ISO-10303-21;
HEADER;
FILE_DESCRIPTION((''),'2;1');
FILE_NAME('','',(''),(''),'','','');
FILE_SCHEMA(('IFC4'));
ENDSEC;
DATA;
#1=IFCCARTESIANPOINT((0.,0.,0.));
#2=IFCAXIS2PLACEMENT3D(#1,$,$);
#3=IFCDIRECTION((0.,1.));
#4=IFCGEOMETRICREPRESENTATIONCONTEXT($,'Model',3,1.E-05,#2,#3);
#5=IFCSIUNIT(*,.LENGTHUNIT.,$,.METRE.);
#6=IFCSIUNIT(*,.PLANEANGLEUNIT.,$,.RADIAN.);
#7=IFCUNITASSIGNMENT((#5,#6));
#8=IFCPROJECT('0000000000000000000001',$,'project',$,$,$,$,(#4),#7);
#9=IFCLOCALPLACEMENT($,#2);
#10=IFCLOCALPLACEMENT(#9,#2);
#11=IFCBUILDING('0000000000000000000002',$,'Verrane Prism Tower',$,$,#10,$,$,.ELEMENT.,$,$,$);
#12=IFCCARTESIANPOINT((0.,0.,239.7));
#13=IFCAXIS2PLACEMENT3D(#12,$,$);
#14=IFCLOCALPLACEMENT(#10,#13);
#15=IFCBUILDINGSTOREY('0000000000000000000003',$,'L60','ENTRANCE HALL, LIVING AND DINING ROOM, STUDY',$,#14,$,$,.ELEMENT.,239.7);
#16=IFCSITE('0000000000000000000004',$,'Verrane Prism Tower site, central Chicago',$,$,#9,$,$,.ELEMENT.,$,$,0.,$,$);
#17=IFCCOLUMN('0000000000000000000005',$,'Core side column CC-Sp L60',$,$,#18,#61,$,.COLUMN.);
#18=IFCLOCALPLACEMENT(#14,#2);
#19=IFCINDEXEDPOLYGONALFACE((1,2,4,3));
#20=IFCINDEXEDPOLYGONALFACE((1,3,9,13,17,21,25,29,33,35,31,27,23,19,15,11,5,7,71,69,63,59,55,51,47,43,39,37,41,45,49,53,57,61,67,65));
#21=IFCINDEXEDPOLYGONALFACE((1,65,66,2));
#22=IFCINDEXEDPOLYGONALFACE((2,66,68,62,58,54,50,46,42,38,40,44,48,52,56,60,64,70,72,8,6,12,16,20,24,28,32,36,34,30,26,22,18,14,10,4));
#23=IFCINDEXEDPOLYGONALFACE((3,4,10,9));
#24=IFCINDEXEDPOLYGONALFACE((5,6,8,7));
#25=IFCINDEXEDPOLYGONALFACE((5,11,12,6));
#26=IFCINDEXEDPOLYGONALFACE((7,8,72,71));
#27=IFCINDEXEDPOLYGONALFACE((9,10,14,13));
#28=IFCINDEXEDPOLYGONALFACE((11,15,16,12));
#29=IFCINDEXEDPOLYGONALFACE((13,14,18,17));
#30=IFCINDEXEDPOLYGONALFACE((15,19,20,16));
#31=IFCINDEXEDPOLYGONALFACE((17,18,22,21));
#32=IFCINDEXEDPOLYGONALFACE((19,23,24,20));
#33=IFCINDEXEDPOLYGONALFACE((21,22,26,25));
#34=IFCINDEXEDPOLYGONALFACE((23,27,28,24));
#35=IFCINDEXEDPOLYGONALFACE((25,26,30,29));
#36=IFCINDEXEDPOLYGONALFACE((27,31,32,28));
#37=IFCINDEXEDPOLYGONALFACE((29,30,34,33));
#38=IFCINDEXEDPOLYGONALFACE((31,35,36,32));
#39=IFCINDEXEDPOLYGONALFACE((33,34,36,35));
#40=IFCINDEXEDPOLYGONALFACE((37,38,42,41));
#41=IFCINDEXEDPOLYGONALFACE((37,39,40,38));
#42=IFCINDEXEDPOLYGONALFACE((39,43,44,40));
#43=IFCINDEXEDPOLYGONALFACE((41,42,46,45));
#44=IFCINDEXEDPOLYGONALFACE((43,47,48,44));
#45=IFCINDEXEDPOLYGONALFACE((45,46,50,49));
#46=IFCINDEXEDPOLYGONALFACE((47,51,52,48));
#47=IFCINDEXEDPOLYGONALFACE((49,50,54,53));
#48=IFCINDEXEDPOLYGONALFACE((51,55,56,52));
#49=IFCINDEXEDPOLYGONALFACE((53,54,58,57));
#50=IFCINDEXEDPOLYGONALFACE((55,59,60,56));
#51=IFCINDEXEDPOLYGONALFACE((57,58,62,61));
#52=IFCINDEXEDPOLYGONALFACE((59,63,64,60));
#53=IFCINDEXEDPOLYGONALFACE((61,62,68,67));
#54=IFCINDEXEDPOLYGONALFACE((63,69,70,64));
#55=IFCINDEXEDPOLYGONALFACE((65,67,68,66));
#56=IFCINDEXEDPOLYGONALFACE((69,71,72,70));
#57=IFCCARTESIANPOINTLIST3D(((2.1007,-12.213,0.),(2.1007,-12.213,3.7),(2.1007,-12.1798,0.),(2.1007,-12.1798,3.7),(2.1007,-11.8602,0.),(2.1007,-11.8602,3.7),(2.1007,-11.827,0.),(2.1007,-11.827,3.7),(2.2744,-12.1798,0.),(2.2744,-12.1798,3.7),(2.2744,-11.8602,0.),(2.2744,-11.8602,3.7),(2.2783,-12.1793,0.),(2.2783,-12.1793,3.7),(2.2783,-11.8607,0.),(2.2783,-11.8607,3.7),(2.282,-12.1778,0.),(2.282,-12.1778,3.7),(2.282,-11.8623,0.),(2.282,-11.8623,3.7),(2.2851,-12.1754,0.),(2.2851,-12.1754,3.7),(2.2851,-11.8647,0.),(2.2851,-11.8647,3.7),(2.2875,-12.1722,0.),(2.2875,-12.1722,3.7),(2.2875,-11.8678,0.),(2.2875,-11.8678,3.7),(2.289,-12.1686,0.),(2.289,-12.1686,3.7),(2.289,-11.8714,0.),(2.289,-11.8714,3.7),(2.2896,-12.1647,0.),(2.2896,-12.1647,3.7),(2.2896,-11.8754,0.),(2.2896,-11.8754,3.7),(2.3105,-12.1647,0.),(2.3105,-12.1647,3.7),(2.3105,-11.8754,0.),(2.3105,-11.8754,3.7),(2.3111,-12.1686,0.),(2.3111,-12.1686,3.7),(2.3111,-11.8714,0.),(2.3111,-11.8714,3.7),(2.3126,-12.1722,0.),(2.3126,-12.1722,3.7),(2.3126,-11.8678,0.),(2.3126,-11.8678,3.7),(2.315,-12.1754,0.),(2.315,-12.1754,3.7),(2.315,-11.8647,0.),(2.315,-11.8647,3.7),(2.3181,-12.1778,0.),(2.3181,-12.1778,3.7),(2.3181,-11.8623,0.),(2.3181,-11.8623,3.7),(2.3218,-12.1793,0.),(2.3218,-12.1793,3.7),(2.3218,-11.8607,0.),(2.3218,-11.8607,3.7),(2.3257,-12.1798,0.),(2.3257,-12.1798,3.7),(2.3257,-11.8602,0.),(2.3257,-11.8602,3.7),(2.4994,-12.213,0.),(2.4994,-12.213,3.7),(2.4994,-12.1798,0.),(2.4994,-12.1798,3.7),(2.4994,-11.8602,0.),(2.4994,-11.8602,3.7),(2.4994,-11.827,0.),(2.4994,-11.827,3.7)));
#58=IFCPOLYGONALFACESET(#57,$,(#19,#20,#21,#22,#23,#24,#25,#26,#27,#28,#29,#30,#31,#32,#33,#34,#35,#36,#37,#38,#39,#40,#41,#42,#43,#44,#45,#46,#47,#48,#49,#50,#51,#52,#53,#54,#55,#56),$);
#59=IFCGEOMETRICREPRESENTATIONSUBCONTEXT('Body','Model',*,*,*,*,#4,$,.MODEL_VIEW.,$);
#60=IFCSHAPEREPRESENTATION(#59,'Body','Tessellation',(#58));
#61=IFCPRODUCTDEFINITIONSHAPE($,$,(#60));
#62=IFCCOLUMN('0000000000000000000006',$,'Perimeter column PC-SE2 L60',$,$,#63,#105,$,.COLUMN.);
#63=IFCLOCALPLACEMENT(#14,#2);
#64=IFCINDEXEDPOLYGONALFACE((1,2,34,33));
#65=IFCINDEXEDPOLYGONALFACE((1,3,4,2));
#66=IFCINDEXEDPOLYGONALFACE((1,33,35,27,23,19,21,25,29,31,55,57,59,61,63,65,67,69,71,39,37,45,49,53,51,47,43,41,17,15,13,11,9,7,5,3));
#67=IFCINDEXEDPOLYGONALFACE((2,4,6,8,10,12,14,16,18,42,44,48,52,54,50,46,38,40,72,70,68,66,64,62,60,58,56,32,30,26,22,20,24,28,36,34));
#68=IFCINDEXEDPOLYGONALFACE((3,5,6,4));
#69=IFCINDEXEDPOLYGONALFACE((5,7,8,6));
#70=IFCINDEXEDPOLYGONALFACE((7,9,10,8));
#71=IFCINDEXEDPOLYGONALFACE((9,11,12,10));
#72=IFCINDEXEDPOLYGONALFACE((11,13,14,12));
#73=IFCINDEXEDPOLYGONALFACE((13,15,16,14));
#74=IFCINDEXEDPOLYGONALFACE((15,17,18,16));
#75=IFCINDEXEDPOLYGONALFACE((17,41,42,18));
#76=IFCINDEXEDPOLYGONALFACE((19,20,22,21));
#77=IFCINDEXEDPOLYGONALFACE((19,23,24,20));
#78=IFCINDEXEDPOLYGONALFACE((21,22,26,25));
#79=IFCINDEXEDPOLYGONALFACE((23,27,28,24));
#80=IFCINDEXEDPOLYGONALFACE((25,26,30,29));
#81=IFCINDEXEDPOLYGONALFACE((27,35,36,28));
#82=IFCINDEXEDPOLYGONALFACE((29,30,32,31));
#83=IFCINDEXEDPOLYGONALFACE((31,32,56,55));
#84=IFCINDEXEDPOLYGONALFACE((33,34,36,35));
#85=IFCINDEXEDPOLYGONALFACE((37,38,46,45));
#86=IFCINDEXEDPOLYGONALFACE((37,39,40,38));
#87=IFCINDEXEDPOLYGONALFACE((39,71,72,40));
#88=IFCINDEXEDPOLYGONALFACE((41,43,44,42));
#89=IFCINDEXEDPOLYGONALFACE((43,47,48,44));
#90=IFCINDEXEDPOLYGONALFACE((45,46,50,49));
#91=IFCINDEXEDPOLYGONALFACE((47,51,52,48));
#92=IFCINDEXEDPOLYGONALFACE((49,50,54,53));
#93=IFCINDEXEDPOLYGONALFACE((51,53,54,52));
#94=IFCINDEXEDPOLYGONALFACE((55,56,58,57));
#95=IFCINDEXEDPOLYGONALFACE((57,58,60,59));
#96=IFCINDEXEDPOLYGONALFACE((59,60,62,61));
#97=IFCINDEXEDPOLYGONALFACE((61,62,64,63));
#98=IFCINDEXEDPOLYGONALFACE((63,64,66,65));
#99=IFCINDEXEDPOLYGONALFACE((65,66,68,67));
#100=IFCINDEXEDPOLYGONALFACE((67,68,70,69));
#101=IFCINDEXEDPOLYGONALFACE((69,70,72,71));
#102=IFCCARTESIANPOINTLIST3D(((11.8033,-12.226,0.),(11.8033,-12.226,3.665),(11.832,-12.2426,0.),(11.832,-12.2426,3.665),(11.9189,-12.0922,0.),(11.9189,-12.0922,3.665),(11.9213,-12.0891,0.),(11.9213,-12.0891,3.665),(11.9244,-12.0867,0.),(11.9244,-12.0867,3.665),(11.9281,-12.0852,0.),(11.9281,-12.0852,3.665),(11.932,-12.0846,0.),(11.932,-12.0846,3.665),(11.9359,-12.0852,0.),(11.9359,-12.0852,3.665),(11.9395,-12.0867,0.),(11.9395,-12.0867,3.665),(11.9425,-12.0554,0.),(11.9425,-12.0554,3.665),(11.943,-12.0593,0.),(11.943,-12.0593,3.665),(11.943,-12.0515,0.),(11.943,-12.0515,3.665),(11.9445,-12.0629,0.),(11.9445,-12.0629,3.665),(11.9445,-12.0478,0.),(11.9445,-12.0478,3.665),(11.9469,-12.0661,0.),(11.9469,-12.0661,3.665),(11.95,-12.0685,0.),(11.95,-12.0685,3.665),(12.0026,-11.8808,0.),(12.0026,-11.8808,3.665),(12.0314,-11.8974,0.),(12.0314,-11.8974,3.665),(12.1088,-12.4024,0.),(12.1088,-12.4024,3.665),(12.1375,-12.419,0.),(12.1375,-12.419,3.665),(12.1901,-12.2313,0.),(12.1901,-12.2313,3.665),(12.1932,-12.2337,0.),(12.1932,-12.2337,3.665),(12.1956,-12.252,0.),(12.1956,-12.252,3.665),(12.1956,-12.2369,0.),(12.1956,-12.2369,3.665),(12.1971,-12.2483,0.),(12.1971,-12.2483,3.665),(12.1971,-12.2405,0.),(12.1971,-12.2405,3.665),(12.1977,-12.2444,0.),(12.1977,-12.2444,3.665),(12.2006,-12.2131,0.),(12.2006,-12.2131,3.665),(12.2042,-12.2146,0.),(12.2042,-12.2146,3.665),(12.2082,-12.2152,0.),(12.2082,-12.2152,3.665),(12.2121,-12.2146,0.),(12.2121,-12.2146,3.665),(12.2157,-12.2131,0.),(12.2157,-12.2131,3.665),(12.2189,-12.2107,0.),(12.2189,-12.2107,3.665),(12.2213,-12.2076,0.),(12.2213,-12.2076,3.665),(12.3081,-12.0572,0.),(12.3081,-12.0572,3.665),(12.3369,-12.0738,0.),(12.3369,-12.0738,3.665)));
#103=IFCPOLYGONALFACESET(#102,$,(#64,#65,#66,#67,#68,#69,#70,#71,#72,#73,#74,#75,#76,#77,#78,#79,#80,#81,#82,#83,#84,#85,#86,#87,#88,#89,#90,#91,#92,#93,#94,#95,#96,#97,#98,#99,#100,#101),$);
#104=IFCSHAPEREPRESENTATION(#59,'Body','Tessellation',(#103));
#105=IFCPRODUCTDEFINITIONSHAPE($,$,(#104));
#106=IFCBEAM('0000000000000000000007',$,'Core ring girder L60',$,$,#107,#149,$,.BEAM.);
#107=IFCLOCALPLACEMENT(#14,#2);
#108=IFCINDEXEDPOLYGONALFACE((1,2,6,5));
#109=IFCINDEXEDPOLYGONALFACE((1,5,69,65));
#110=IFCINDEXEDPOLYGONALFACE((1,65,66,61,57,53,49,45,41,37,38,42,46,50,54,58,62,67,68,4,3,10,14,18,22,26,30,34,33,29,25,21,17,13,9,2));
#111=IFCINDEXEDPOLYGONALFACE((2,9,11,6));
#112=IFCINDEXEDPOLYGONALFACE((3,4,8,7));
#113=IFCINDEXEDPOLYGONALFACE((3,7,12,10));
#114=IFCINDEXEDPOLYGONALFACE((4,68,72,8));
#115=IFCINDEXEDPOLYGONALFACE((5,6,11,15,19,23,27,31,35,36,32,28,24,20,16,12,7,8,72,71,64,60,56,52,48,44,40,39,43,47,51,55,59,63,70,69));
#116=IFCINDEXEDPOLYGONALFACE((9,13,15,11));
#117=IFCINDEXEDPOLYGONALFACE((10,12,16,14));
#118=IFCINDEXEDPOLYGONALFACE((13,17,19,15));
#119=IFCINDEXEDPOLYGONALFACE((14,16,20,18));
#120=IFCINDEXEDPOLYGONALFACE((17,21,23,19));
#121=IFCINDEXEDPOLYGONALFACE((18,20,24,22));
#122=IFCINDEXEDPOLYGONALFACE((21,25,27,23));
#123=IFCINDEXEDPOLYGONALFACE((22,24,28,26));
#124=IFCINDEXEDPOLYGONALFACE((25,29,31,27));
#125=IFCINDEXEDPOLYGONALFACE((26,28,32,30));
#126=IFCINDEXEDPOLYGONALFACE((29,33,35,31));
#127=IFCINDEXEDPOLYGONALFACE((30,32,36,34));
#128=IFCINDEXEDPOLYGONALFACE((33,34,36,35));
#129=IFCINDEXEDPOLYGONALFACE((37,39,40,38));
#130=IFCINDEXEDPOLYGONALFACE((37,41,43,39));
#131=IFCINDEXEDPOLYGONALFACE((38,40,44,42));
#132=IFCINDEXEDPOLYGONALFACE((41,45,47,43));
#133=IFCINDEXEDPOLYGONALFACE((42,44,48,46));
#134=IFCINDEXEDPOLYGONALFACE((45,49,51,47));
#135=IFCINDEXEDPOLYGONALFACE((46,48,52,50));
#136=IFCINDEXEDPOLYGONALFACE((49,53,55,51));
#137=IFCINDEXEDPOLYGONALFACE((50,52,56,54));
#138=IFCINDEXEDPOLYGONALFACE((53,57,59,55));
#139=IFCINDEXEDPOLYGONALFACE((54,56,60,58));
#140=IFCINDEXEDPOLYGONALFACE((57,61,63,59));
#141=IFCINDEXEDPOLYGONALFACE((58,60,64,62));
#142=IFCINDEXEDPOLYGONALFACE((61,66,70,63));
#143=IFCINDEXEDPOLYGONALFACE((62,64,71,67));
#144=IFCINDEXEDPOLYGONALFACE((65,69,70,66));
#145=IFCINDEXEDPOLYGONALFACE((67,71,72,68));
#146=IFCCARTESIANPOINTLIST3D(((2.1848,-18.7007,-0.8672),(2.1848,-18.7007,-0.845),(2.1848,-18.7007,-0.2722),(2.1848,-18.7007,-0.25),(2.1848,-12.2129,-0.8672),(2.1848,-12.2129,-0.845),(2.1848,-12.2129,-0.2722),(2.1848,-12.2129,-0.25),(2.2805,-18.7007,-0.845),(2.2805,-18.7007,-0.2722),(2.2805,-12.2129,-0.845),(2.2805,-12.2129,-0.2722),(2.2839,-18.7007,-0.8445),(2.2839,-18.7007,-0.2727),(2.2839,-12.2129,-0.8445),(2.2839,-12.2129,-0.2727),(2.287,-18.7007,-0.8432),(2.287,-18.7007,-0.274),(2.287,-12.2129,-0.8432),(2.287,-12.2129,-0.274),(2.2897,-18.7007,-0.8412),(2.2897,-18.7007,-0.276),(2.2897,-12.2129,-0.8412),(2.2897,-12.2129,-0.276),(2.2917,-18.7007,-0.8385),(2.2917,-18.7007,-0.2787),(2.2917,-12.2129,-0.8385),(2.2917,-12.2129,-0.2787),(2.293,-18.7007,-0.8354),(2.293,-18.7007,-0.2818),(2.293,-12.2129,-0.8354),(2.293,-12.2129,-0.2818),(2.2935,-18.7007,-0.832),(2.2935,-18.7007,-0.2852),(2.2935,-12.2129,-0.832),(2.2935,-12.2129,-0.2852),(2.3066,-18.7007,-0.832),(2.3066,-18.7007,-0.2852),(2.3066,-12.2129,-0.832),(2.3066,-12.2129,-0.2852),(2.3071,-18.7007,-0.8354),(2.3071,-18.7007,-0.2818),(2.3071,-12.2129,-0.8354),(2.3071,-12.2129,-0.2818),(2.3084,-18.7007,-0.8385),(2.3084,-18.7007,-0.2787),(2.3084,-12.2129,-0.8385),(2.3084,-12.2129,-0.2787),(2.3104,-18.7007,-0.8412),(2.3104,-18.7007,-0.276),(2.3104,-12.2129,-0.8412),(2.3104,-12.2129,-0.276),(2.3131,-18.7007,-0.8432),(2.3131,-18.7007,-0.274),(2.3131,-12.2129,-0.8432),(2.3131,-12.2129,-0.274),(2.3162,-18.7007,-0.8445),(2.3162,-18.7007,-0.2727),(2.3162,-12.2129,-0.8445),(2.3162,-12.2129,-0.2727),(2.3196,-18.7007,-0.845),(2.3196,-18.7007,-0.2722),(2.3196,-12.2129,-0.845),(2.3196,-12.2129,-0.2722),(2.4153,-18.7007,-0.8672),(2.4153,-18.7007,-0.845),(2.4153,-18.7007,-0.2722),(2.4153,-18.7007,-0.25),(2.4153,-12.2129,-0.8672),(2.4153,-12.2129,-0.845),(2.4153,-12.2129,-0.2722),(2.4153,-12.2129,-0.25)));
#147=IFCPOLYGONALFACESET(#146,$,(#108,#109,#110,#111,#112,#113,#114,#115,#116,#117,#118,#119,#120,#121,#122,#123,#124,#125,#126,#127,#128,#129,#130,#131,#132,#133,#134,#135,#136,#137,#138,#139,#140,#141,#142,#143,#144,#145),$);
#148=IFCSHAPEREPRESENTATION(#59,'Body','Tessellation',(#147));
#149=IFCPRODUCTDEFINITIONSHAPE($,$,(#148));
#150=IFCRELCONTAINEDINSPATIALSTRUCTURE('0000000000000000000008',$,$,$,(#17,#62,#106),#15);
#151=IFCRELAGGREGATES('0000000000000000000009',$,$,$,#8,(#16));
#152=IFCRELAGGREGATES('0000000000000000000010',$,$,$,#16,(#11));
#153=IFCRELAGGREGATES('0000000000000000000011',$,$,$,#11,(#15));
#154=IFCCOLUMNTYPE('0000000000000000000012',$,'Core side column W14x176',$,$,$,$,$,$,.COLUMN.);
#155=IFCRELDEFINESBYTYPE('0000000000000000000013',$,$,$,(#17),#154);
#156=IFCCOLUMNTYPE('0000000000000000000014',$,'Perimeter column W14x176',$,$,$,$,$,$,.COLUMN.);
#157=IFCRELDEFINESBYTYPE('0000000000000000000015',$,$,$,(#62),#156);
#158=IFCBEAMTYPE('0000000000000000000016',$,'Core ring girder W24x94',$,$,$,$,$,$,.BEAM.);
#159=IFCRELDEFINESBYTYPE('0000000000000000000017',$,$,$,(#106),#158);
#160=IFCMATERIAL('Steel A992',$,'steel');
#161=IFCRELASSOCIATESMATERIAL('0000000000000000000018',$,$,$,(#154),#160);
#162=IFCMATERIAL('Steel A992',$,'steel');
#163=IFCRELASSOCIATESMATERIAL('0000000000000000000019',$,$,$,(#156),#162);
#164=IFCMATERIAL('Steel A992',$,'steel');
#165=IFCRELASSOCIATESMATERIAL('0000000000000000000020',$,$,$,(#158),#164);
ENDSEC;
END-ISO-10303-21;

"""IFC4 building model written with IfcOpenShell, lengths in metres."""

from ifc_helpers import new_model, si_unit, direction, frame, origin, origin_2d, place, context, subcontext, project, spatial, i_section, extrude, material, material_profile, profile_set, type_object, element, save


model = new_model("IFC4")

# Units and contexts
model_context = context("Model", 3, precision=1e-05, world=origin(), true_north=direction((0.0, 1.0)))
body_context = subcontext(model_context, "Body", "Model", "MODEL_VIEW")
ifc_project = project(units=[si_unit("LENGTHUNIT", "METRE"), si_unit("PLANEANGLEUNIT", "RADIAN")], contexts=[model_context])

# Site, building, storey
site_placement = place(None, origin())
site = spatial("IfcSite", under=ifc_project, at=site_placement, Name="Verrane Prism Tower site, central Chicago", CompositionType="ELEMENT", RefElevation=0.0)
building_placement = place(site_placement, origin())
building = spatial("IfcBuilding", under=site, at=building_placement, Name="Verrane Prism Tower", CompositionType="ELEMENT")
storey_placement = place(building_placement, frame((0.0, 0.0, 239.7)))
storey = spatial("IfcBuildingStorey", under=building, at=storey_placement, Name="L60", Description="ENTRANCE HALL, LIVING AND DINING ROOM, STUDY", CompositionType="ELEMENT", Elevation=239.7)

# Columns
ifc_material_1 = material(Name="Steel A992", Category="steel")
ifc_material_profile_1 = material_profile(ifc_material_1, i_section(OverallWidth=0.3987, OverallDepth=0.386, WebThickness=0.021, FlangeThickness=0.0332, FilletRadius=0.0151, at=origin_2d()), Name="W14x176")
ifc_profile_set_1 = profile_set([ifc_material_profile_1], Name="Steel A992")
column_type_1 = type_object("IfcColumnType", Name="Core side column W14x176", PredefinedType="COLUMN", material=ifc_profile_set_1)
column_1_placement = place(storey_placement, frame((2.3, -12.02, 0.0), z_axis=(0.0, 0.0, 1.0), x_axis=(1.0, 0.0, 0.0)))
element("IfcColumn", 1, at=column_1_placement, inside=storey, type_object=column_type_1, Name="Core side column CC-Sp L60", PredefinedType="COLUMN", context=body_context, shape_type="SweptSolid", body=[
    extrude(i_section(OverallWidth=0.3987, OverallDepth=0.386, WebThickness=0.021, FlangeThickness=0.0332, FilletRadius=0.0151, at=origin_2d()), origin(), (0.0, 0.0, 1.0), 3.7),
])
ifc_material_2 = material(Name="Steel A992", Category="steel")
ifc_material_profile_2 = material_profile(ifc_material_2, i_section(OverallWidth=0.3987, OverallDepth=0.386, WebThickness=0.021, FlangeThickness=0.0332, FilletRadius=0.0151, at=origin_2d()), Name="W14x176")
ifc_profile_set_2 = profile_set([ifc_material_profile_2], Name="Steel A992")
column_type_2 = type_object("IfcColumnType", Name="Perimeter column W14x176", PredefinedType="COLUMN", material=ifc_profile_set_2)
column_2_placement = place(storey_placement, frame((12.0701, -12.1499, 0.0), z_axis=(0.0, 0.0, 1.0), x_axis=(-0.5, -0.866025, 0.0)))
element("IfcColumn", 2, at=column_2_placement, inside=storey, type_object=column_type_2, Name="Perimeter column PC-SE2 L60", PredefinedType="COLUMN", context=body_context, shape_type="SweptSolid", body=[
    extrude(i_section(OverallWidth=0.3987, OverallDepth=0.386, WebThickness=0.021, FlangeThickness=0.0332, FilletRadius=0.0151, at=origin_2d()), origin(), (0.0, 0.0, 1.0), 3.665),
])

# Beam
ifc_material_3 = material(Name="Steel A992", Category="steel")
ifc_material_profile_3 = material_profile(ifc_material_3, i_section(OverallWidth=0.2305, OverallDepth=0.6172, WebThickness=0.0132, FlangeThickness=0.0222, FilletRadius=0.0129, at=origin_2d()), Name="W24x94")
ifc_profile_set_3 = profile_set([ifc_material_profile_3], Name="Steel A992")
beam_type_1 = type_object("IfcBeamType", Name="Core ring girder W24x94", PredefinedType="BEAM", material=ifc_profile_set_3)
beam_1_placement = place(storey_placement, frame((2.3, -18.7007, -0.5586), z_axis=(0.0, 1.0, 0.0), x_axis=(-1.0, 0.0, 0.0)))
element("IfcBeam", 3, at=beam_1_placement, inside=storey, type_object=beam_type_1, Name="Core ring girder L60", PredefinedType="BEAM", context=body_context, shape_type="SweptSolid", body=[
    extrude(i_section(OverallWidth=0.2305, OverallDepth=0.6172, WebThickness=0.0132, FlangeThickness=0.0222, FilletRadius=0.0129, at=origin_2d()), origin(), (0.0, 0.0, 1.0), 6.4878),
])

save(model, "model.ifc")
